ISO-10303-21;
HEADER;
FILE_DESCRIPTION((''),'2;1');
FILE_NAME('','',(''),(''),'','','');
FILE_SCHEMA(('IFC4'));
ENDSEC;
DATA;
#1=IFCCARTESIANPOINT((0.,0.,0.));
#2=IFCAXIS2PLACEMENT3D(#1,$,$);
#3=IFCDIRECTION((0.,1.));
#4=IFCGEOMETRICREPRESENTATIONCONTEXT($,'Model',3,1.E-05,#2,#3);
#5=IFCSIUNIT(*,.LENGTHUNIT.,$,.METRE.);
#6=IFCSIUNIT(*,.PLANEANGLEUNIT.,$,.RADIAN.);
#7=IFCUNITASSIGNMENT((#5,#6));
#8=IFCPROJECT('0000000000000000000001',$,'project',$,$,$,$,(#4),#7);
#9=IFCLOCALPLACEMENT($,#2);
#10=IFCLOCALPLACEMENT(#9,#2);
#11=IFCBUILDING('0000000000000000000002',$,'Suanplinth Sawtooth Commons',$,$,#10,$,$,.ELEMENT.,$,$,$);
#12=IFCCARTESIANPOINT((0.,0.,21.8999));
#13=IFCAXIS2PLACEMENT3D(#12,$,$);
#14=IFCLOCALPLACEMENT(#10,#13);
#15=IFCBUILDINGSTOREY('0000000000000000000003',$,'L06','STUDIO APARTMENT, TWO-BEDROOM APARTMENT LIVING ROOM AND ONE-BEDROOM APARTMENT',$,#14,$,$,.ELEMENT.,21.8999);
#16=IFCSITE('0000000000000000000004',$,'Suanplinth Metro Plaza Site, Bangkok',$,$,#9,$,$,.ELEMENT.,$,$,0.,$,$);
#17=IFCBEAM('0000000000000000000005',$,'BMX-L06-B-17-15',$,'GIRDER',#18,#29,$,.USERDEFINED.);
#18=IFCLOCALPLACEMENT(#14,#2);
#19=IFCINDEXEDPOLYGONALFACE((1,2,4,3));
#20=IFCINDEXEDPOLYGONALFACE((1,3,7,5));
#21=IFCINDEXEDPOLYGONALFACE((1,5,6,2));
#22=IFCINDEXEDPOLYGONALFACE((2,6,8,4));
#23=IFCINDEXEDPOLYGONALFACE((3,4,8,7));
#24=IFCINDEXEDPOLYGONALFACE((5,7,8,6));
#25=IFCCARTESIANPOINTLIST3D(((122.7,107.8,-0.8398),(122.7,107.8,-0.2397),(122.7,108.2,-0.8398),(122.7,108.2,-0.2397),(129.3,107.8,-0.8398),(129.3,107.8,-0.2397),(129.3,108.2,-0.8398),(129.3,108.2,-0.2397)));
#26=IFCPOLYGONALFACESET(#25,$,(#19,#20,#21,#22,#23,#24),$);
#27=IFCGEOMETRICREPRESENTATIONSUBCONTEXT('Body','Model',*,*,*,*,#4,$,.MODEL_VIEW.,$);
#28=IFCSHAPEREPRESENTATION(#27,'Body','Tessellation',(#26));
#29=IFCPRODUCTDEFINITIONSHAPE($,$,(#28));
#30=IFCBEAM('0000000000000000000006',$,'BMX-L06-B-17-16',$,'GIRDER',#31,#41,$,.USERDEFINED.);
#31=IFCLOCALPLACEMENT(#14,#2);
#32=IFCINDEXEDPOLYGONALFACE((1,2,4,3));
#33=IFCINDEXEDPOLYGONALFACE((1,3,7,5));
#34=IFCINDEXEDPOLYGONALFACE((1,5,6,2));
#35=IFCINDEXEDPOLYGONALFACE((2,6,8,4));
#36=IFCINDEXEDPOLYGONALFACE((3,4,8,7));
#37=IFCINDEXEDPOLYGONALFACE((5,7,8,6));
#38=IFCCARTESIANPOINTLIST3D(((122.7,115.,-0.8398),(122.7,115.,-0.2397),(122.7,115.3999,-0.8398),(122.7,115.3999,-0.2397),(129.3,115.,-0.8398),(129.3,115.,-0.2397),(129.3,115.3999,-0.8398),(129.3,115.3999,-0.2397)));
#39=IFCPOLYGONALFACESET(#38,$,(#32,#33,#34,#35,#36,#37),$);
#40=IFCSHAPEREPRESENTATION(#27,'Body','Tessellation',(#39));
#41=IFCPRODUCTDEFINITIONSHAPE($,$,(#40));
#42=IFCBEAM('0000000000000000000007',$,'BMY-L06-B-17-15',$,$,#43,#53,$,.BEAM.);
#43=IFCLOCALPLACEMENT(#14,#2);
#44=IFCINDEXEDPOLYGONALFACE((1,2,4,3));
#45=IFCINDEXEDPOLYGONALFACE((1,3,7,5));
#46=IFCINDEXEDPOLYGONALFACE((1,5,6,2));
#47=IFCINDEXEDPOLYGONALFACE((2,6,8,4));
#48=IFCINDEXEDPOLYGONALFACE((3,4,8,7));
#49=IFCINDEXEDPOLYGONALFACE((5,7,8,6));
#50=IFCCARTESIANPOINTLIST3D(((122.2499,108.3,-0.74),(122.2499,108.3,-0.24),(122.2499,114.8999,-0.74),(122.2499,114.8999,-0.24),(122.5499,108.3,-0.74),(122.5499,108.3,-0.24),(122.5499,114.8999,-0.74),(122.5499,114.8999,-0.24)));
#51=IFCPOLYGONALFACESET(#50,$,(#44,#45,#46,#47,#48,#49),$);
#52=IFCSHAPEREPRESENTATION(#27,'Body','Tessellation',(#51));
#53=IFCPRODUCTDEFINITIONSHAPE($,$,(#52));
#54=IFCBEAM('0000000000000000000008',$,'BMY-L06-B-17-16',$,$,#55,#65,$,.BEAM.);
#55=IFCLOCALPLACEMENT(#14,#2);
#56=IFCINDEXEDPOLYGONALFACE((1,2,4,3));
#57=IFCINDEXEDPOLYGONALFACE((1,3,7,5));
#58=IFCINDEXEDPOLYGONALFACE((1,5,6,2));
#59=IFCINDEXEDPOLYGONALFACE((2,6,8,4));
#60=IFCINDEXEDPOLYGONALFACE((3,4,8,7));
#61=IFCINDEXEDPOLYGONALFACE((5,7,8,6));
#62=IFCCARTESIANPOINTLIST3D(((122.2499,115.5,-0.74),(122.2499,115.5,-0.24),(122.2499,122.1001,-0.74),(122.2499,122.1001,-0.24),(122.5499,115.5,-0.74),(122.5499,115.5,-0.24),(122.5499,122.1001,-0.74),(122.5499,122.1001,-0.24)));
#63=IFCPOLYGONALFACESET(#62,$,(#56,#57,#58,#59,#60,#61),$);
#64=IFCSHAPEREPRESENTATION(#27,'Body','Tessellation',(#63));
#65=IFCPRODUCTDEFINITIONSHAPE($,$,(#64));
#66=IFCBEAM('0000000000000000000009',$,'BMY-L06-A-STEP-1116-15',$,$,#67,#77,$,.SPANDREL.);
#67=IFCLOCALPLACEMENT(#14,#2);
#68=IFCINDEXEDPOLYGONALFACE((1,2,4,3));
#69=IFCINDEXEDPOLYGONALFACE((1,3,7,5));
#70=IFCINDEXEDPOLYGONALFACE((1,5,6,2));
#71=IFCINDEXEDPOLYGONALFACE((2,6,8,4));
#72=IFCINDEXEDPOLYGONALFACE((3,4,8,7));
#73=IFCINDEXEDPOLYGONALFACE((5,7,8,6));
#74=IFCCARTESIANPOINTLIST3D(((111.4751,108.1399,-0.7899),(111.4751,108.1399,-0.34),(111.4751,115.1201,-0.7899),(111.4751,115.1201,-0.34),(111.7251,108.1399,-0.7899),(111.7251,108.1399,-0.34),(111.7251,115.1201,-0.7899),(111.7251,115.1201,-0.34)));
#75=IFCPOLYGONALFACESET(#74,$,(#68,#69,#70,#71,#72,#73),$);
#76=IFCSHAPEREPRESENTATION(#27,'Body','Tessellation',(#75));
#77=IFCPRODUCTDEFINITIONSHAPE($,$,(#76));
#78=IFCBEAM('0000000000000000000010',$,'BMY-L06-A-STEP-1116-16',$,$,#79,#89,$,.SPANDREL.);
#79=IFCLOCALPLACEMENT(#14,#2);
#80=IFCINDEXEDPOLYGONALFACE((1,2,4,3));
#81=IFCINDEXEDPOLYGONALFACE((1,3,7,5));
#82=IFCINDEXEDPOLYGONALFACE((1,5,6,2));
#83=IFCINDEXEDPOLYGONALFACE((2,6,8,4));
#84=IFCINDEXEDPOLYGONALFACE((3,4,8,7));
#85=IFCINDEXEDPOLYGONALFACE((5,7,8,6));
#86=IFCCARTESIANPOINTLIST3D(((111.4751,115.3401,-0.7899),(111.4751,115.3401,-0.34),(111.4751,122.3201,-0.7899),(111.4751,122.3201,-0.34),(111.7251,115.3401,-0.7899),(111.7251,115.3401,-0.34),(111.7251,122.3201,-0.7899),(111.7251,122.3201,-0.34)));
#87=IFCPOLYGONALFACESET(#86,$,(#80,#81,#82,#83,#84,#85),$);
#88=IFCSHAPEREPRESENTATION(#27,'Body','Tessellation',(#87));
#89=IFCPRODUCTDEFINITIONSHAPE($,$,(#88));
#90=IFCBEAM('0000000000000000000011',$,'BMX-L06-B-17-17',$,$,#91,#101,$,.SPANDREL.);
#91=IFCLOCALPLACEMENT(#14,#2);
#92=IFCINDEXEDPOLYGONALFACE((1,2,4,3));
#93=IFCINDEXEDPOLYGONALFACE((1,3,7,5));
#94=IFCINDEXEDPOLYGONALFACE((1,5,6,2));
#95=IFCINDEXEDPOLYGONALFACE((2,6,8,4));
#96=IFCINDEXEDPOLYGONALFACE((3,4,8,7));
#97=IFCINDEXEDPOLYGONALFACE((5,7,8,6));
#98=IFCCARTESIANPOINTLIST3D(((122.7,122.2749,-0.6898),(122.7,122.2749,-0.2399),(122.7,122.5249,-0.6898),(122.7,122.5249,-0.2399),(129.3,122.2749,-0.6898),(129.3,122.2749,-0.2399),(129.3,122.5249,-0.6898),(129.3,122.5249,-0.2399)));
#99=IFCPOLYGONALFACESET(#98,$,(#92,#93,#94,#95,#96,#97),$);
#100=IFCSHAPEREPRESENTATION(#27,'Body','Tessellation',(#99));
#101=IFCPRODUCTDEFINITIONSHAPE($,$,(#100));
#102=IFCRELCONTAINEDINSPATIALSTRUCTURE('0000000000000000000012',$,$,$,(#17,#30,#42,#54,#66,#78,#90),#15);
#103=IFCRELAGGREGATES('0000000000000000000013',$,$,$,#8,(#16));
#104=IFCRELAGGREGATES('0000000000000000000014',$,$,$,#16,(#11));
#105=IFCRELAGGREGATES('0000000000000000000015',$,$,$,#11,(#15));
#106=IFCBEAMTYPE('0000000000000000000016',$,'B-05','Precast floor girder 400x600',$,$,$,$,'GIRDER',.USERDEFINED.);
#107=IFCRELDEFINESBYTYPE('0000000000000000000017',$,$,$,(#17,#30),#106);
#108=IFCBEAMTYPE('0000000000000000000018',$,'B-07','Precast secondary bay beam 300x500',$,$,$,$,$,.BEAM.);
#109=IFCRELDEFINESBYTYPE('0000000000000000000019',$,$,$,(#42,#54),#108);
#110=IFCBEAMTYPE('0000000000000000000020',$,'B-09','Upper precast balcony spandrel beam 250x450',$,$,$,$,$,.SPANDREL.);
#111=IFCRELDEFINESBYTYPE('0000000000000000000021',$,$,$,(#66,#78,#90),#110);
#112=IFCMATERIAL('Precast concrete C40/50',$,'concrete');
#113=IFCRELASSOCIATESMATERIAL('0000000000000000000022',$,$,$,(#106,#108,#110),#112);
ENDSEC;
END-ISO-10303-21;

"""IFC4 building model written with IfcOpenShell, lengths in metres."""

from ifc_helpers import new_model, si_unit, direction, frame, origin, origin_2d, place, context, subcontext, project, spatial, rectangle, extrude, material, material_profile, profile_set, type_object, element, save


model = new_model("IFC4")

# Units and contexts
model_context = context("Model", 3, precision=1e-05, world=origin(), true_north=direction((0.0, 1.0)))
body_context = subcontext(model_context, "Body", "Model", "MODEL_VIEW")
ifc_project = project(units=[si_unit("LENGTHUNIT", "METRE"), si_unit("PLANEANGLEUNIT", "RADIAN")], contexts=[model_context])

# Site, building, storey
site_placement = place(None, origin())
site = spatial("IfcSite", under=ifc_project, at=site_placement, Name="Suanplinth Metro Plaza Site, Bangkok", CompositionType="ELEMENT", RefElevation=0.0)
building_placement = place(site_placement, origin())
building = spatial("IfcBuilding", under=site, at=building_placement, Name="Suanplinth Sawtooth Commons", CompositionType="ELEMENT")
storey_placement = place(building_placement, frame((0.0, 0.0, 21.8999)))
storey = spatial("IfcBuildingStorey", under=building, at=storey_placement, Name="L06", Description="STUDIO APARTMENT, TWO-BEDROOM APARTMENT LIVING ROOM AND ONE-BEDROOM APARTMENT", CompositionType="ELEMENT", Elevation=21.8999)

# Beams
ifc_material_1 = material(Name="Precast concrete C40/50", Category="concrete")
ifc_material_profile_1 = material_profile(ifc_material_1, rectangle(XDim=0.3999, YDim=0.6001, at=origin_2d()), Name="PC-GDR 400x600")
ifc_profile_set_1 = profile_set([ifc_material_profile_1], Name="Precast concrete C40/50")
beam_type_1 = type_object("IfcBeamType", Name="B-05", Description="Precast floor girder 400x600", ElementType="GIRDER", PredefinedType="USERDEFINED", material=ifc_profile_set_1)
for number, where, z_axis, x_axis, name in (
    (1, (122.7, 108.0, -0.5398), (1.0, 0.0, 0.0), (0.0, 1.0, 0.0), "BMX-L06-B-17-15"),
    (2, (122.7, 115.2, -0.5398), (1.0, 0.0, 0.0), (0.0, 1.0, 0.0), "BMX-L06-B-17-16"),
):
    element("IfcBeam", number, at=place(storey_placement, frame(where, z_axis=z_axis, x_axis=x_axis)), inside=storey, type_object=beam_type_1, Name=name, ObjectType="GIRDER", PredefinedType="USERDEFINED", context=body_context, shape_type="SweptSolid", body=[
        extrude(rectangle(XDim=0.3999, YDim=0.6001, at=origin_2d()), origin(), (0.0, 0.0, 1.0), 6.6001),
    ])
ifc_material_profile_2 = material_profile(ifc_material_1, rectangle(XDim=0.3, YDim=0.5, at=origin_2d()), Name="PC-BM 300x500")
ifc_profile_set_2 = profile_set([ifc_material_profile_2], Name="Precast concrete C40/50")
beam_type_2 = type_object("IfcBeamType", Name="B-07", Description="Precast secondary bay beam 300x500", PredefinedType="BEAM", material=ifc_profile_set_2)
beam_1_placement = place(storey_placement, frame((122.3999, 108.3, -0.49), z_axis=(0.0, 1.0, 0.0), x_axis=(-1.0, 0.0, 0.0)))
element("IfcBeam", 3, at=beam_1_placement, inside=storey, type_object=beam_type_2, Name="BMY-L06-B-17-15", PredefinedType="BEAM", context=body_context, shape_type="SweptSolid", body=[
    extrude(rectangle(XDim=0.3, YDim=0.5, at=origin_2d()), origin(), (0.0, 0.0, 1.0), 6.5999),
])
beam_2_placement = place(storey_placement, frame((122.3999, 115.5, -0.49), z_axis=(0.0, 1.0, 0.0), x_axis=(-1.0, 0.0, 0.0)))
element("IfcBeam", 4, at=beam_2_placement, inside=storey, type_object=beam_type_2, Name="BMY-L06-B-17-16", PredefinedType="BEAM", context=body_context, shape_type="SweptSolid", body=[
    extrude(rectangle(XDim=0.3, YDim=0.5, at=origin_2d()), origin(), (0.0, 0.0, 1.0), 6.6001),
])
ifc_material_profile_3 = material_profile(ifc_material_1, rectangle(XDim=0.25, YDim=0.45, at=origin_2d()), Name="PC-SP 250x450")
ifc_profile_set_3 = profile_set([ifc_material_profile_3], Name="Precast concrete C40/50")
beam_type_3 = type_object("IfcBeamType", Name="B-09", Description="Upper precast balcony spandrel beam 250x450", PredefinedType="SPANDREL", material=ifc_profile_set_3)
beam_3_placement = place(storey_placement, frame((111.6001, 108.1399, -0.5649), z_axis=(0.0, 1.0, 0.0), x_axis=(-1.0, 0.0, 0.0)))
element("IfcBeam", 5, at=beam_3_placement, inside=storey, type_object=beam_type_3, Name="BMY-L06-A-STEP-1116-15", PredefinedType="SPANDREL", context=body_context, shape_type="SweptSolid", body=[
    extrude(rectangle(XDim=0.25, YDim=0.45, at=origin_2d()), origin(), (0.0, 0.0, 1.0), 6.9802),
])
beam_4_placement = place(storey_placement, frame((111.6001, 115.3401, -0.5649), z_axis=(0.0, 1.0, 0.0), x_axis=(-1.0, 0.0, 0.0)))
element("IfcBeam", 6, at=beam_4_placement, inside=storey, type_object=beam_type_3, Name="BMY-L06-A-STEP-1116-16", PredefinedType="SPANDREL", context=body_context, shape_type="SweptSolid", body=[
    extrude(rectangle(XDim=0.25, YDim=0.45, at=origin_2d()), origin(), (0.0, 0.0, 1.0), 6.98),
])
beam_5_placement = place(storey_placement, frame((122.7, 122.3999, -0.4648), z_axis=(1.0, 0.0, 0.0), x_axis=(0.0, 1.0, 0.0)))
element("IfcBeam", 7, at=beam_5_placement, inside=storey, type_object=beam_type_3, Name="BMX-L06-B-17-17", PredefinedType="SPANDREL", context=body_context, shape_type="SweptSolid", body=[
    extrude(rectangle(XDim=0.25, YDim=0.45, at=origin_2d()), origin(), (0.0, 0.0, 1.0), 6.6001),
])

save(model, "model.ifc")
